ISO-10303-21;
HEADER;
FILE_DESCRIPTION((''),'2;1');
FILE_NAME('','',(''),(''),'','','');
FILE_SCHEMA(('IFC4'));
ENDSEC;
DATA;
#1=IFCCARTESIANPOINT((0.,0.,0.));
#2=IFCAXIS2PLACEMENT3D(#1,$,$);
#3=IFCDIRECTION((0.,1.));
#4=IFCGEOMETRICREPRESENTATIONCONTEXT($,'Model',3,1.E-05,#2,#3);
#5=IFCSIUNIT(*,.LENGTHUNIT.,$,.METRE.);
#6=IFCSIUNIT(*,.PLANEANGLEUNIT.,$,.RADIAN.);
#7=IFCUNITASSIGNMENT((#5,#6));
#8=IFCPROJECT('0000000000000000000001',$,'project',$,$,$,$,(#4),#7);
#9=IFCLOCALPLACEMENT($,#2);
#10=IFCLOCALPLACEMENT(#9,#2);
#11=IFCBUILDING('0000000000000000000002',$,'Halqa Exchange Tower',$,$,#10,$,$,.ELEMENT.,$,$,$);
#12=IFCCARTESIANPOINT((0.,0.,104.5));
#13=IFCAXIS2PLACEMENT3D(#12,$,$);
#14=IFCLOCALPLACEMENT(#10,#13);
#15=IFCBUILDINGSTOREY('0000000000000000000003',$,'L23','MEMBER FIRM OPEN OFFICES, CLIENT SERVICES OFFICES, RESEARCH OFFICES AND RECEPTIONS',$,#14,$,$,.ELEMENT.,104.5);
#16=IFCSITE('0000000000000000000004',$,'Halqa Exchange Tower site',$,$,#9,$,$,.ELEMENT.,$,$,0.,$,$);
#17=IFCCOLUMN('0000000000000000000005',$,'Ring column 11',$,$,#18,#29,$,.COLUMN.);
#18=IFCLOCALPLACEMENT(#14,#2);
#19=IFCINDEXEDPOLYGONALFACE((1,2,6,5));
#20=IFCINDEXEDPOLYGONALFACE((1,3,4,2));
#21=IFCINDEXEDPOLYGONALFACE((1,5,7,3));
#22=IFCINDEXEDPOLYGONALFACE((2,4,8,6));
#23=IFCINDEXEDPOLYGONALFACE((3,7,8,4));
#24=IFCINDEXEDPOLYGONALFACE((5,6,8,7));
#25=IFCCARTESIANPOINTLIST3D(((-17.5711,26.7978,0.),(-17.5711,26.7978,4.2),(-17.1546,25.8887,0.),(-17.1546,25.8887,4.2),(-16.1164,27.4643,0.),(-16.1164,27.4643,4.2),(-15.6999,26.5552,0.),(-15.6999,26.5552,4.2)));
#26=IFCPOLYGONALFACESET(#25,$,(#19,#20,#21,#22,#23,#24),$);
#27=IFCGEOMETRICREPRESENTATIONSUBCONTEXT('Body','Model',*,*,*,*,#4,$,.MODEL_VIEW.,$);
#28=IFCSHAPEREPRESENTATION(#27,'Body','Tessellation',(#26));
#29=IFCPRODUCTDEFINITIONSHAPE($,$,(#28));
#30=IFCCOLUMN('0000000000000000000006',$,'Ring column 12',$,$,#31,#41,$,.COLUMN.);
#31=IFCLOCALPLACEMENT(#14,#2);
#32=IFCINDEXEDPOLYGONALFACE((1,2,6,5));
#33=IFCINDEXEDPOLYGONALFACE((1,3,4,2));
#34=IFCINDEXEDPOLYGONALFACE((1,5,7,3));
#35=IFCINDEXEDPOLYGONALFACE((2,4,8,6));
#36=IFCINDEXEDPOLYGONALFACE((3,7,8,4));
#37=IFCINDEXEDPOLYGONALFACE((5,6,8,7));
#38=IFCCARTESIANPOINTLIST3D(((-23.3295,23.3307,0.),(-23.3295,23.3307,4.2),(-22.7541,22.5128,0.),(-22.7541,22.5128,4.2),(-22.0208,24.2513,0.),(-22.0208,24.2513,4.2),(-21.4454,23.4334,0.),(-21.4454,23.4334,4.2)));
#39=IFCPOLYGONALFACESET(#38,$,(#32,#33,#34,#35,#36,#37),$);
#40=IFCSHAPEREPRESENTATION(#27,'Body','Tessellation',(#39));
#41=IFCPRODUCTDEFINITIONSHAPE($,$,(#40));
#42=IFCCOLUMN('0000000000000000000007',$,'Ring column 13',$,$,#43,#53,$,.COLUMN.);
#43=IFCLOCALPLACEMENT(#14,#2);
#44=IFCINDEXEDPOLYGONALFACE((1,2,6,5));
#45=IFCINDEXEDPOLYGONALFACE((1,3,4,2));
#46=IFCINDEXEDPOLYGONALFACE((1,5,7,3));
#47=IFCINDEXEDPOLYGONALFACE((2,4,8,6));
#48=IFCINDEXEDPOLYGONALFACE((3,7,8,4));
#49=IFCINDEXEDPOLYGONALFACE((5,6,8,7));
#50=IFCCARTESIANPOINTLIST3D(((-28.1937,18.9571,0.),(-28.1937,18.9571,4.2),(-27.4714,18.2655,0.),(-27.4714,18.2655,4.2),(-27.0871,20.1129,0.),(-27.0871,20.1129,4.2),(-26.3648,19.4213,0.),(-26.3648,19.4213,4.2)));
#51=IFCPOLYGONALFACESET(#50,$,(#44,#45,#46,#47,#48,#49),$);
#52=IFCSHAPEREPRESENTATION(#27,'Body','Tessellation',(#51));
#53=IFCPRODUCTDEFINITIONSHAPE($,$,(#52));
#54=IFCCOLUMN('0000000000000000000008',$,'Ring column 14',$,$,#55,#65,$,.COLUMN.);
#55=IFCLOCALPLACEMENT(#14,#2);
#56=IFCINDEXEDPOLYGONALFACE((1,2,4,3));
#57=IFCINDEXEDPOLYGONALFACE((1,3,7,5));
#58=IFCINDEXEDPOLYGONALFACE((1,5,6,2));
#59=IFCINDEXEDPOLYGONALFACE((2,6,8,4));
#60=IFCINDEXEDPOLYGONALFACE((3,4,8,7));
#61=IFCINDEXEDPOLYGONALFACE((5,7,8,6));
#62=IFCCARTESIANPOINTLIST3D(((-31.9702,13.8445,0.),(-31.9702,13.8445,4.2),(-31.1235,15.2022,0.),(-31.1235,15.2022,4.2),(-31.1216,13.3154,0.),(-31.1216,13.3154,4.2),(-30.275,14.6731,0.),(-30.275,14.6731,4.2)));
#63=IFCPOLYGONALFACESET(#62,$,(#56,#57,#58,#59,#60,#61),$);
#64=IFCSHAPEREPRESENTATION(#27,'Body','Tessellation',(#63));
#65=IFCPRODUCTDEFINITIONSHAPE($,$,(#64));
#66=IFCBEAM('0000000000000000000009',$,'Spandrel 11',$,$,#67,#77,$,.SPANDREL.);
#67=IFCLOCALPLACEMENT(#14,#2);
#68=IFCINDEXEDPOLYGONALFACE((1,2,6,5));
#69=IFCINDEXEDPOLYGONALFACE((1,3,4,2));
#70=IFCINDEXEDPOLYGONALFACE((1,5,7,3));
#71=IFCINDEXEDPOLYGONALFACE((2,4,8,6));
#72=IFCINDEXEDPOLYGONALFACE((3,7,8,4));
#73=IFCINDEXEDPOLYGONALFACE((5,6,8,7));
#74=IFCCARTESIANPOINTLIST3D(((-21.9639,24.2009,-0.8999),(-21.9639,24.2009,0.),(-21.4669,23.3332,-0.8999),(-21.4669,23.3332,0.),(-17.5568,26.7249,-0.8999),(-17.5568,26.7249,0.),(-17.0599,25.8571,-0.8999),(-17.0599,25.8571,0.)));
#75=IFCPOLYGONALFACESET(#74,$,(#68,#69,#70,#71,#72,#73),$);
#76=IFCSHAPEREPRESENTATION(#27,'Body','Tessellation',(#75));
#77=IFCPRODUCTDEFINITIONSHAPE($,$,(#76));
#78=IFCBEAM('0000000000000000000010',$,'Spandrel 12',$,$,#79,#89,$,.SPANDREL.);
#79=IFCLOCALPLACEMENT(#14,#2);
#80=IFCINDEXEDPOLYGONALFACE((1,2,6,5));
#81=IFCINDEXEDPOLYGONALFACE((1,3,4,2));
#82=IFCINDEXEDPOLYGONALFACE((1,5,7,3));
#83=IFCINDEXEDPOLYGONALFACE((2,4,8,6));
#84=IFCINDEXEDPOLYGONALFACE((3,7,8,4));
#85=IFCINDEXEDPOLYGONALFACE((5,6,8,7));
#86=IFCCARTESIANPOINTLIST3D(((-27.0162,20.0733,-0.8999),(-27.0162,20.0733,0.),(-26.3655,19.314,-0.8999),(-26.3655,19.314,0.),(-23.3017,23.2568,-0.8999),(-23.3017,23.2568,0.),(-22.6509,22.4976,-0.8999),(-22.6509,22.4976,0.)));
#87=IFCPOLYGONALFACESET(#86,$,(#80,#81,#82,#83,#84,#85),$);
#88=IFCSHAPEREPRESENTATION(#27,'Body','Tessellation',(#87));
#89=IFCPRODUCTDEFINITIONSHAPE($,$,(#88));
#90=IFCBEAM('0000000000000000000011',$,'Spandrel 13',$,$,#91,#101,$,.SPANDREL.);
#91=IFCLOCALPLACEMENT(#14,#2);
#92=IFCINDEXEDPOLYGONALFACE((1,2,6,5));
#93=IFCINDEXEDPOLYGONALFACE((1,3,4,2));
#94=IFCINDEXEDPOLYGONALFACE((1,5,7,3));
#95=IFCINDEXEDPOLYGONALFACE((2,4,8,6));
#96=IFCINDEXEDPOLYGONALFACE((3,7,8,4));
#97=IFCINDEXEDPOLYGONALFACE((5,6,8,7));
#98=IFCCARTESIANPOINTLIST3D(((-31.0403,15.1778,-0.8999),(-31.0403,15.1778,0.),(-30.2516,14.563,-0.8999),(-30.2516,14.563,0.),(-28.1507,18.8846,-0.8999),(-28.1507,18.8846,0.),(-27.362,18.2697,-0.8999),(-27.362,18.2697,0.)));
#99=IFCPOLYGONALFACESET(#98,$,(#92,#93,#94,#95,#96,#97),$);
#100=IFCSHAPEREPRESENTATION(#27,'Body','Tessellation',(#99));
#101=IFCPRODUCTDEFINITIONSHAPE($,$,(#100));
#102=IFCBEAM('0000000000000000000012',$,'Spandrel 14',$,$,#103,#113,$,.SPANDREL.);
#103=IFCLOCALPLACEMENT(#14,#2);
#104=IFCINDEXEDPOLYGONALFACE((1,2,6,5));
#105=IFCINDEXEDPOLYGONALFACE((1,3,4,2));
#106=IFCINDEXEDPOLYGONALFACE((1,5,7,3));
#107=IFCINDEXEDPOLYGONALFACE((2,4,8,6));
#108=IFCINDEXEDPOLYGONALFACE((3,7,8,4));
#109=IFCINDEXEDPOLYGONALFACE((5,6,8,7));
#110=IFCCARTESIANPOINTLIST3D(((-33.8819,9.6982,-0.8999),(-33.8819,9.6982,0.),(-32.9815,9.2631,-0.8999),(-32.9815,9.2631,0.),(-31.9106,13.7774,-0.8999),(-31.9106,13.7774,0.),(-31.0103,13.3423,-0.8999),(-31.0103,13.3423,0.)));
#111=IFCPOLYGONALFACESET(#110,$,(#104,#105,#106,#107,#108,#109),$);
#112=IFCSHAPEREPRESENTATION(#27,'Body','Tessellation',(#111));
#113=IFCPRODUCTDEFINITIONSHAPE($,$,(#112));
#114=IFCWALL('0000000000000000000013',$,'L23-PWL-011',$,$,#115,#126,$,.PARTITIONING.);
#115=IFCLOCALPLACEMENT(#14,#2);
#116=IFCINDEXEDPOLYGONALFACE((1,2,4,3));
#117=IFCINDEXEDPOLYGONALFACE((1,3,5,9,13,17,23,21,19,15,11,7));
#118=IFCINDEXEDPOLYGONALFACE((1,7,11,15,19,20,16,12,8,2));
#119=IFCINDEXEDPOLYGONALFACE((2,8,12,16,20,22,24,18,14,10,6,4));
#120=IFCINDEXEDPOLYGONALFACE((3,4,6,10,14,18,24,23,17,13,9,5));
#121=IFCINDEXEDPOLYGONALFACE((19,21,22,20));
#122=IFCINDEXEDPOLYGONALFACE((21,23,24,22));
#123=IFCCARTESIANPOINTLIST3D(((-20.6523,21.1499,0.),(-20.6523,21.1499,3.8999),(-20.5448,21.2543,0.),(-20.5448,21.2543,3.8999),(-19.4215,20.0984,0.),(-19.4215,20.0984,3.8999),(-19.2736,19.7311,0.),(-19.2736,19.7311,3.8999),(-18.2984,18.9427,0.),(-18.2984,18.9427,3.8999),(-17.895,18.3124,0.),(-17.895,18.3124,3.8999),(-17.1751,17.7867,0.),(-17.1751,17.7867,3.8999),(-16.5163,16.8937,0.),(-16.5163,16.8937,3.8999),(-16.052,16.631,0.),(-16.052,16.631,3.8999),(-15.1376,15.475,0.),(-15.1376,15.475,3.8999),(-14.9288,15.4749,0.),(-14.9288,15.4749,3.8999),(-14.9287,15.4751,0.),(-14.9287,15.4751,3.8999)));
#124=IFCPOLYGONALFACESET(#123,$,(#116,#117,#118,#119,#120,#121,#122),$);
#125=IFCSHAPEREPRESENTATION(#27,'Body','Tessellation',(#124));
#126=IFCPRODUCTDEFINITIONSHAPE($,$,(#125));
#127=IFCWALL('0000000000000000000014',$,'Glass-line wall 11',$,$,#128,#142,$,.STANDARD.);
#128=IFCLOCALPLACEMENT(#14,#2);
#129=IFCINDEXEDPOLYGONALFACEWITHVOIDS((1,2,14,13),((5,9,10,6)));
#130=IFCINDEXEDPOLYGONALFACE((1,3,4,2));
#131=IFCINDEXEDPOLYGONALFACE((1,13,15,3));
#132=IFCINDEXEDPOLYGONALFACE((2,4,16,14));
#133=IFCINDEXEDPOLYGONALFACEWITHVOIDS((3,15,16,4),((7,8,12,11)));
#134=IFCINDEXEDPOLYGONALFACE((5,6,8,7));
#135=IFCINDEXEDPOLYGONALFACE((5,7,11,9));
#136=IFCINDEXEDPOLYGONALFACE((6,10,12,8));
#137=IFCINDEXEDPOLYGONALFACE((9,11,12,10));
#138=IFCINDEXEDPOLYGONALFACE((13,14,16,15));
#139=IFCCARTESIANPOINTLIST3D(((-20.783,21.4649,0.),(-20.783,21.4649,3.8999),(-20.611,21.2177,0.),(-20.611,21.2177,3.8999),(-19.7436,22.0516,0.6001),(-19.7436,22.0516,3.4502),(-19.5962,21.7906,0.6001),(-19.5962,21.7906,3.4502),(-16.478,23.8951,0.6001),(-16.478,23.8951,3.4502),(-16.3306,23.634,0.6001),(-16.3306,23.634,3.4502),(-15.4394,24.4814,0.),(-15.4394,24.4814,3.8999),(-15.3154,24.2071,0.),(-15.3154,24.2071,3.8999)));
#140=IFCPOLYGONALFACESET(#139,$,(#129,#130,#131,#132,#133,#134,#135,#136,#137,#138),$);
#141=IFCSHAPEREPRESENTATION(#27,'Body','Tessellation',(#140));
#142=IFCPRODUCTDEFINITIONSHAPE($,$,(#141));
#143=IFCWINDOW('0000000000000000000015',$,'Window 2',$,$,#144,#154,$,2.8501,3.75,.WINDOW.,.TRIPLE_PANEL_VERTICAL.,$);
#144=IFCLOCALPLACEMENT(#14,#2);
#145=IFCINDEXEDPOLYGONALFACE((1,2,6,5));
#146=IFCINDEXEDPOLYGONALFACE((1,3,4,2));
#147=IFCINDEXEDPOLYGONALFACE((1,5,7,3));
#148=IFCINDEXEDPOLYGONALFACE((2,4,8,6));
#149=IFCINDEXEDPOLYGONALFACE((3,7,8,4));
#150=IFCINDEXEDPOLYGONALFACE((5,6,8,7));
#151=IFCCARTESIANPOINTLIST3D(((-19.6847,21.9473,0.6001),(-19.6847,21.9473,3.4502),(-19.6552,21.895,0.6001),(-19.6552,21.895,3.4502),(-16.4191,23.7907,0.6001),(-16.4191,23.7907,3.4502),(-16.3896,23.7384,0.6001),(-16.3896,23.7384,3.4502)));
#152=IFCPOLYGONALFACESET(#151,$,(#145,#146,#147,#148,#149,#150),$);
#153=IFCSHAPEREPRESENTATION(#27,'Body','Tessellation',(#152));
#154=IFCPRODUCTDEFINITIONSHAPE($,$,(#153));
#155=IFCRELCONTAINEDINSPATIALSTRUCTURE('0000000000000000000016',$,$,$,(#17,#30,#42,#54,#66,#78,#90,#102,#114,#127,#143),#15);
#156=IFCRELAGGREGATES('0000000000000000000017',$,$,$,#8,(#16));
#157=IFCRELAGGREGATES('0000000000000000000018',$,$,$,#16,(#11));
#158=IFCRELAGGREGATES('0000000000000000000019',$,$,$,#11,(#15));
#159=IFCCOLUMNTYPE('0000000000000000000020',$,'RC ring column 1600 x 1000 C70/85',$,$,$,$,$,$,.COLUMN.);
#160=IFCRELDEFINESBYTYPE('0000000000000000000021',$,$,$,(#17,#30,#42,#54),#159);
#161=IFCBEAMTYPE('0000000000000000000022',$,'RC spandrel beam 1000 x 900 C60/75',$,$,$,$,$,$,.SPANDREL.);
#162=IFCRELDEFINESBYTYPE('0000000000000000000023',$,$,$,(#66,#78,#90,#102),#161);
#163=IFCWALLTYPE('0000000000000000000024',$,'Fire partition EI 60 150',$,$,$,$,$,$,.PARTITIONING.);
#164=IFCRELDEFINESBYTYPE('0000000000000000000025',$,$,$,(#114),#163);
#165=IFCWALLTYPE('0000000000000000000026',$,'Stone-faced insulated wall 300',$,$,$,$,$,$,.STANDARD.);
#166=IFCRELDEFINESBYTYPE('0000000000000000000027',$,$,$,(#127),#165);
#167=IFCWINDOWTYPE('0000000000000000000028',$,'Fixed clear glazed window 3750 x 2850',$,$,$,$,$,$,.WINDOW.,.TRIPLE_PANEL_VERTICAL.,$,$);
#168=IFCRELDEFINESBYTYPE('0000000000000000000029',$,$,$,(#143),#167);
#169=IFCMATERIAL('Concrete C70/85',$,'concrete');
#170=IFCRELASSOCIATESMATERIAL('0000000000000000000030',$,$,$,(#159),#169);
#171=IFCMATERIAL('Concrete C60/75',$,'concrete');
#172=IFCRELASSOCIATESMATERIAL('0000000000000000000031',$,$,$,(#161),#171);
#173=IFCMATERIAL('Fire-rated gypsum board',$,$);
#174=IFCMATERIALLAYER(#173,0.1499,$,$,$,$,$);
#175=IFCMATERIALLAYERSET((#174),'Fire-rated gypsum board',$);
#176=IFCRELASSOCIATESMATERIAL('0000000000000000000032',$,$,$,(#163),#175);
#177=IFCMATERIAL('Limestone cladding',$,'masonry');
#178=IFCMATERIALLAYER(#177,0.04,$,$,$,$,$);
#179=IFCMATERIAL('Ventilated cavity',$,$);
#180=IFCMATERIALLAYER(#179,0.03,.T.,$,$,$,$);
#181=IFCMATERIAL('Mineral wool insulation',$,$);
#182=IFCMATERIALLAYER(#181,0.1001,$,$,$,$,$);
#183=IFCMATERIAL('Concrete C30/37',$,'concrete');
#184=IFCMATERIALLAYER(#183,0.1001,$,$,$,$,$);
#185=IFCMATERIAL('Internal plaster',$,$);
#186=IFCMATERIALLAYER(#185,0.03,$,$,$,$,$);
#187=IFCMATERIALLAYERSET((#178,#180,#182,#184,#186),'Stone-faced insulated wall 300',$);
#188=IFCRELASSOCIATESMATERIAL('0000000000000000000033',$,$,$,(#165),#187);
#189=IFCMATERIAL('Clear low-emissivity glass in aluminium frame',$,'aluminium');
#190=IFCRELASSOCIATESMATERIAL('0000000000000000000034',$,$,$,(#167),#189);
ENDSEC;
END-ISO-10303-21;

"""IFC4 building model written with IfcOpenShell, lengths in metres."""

from ifc_helpers import new_model, si_unit, direction, frame, frame_2d, origin, origin_2d, place, context, subcontext, project, spatial, polyline, rectangle, outline, extrude, material, layer, layer_set, material_profile, profile_set, type_object, element, fill, save


model = new_model("IFC4")

# Units and contexts
model_context = context("Model", 3, precision=1e-05, world=origin(), true_north=direction((0.0, 1.0)))
body_context = subcontext(model_context, "Body", "Model", "MODEL_VIEW")
ifc_project = project(units=[si_unit("LENGTHUNIT", "METRE"), si_unit("PLANEANGLEUNIT", "RADIAN")], contexts=[model_context])

# Site, building, storey
site_placement = place(None, origin())
site = spatial("IfcSite", under=ifc_project, at=site_placement, Name="Halqa Exchange Tower site", CompositionType="ELEMENT", RefElevation=0.0)
building_placement = place(site_placement, origin())
building = spatial("IfcBuilding", under=site, at=building_placement, Name="Halqa Exchange Tower", CompositionType="ELEMENT")
storey_placement = place(building_placement, frame((0.0, 0.0, 104.5)))
storey = spatial("IfcBuildingStorey", under=building, at=storey_placement, Name="L23", Description="MEMBER FIRM OPEN OFFICES, CLIENT SERVICES OFFICES, RESEARCH OFFICES AND RECEPTIONS", CompositionType="ELEMENT", Elevation=104.5)

# Columns
ifc_material_1 = material(Name="Concrete C70/85", Category="concrete")
ifc_material_profile_1 = material_profile(ifc_material_1, rectangle(XDim=1.6001, YDim=1.0, at=origin_2d()), Name="1600 x 1000")
ifc_profile_set_1 = profile_set([ifc_material_profile_1], Name="Concrete C70/85")
column_type = type_object("IfcColumnType", Name="RC ring column 1600 x 1000 C70/85", PredefinedType="COLUMN", material=ifc_profile_set_1)
for number, where, z_axis, x_axis, name in (
    (1, (-16.6355, 26.6765, 0.0), (0.0, 0.0, 1.0), (-0.909128, -0.416517, 0.0), "Ring column 11"),
    (2, (-22.3875, 23.3821, 0.0), (0.0, 0.0, 1.0), (-0.817911, -0.575345, 0.0), "Ring column 12"),
    (3, (-27.2793, 19.1892, 0.0), (0.0, 0.0, 1.0), (-0.691581, -0.722299, 0.0), "Ring column 13"),
    (4, (-31.1226, 14.2588, 0.0), (0.0, 0.0, 1.0), (-0.529139, -0.848535, 0.0), "Ring column 14"),
):
    element("IfcColumn", number, at=place(storey_placement, frame(where, z_axis=z_axis, x_axis=x_axis)), inside=storey, type_object=column_type, Name=name, PredefinedType="COLUMN", context=body_context, shape_type="SweptSolid", body=[
        extrude(rectangle(XDim=1.6001, YDim=1.0, at=origin_2d()), origin(), (0.0, 0.0, 1.0), 4.2),
    ])

# Beams
ifc_material_2 = material(Name="Concrete C60/75", Category="concrete")
ifc_material_profile_2 = material_profile(ifc_material_2, rectangle(XDim=1.0, YDim=0.8999, at=origin_2d()), Name="1000 x 900")
ifc_profile_set_2 = profile_set([ifc_material_profile_2], Name="Concrete C60/75")
beam_type = type_object("IfcBeamType", Name="RC spandrel beam 1000 x 900 C60/75", PredefinedType="SPANDREL", material=ifc_profile_set_2)
beam_1_placement = place(storey_placement, frame((-17.3083, 26.291, -0.45), z_axis=(-0.867763, -0.496977, 0.0), x_axis=(0.496977, -0.867763, 0.0)))
element("IfcBeam", 5, at=beam_1_placement, inside=storey, type_object=beam_type, Name="Spandrel 11", PredefinedType="SPANDREL", context=body_context, shape_type="SweptSolid", body=[
    extrude(rectangle(XDim=1.0, YDim=0.8999, at=origin_2d()), origin(), (0.0, 0.0, 1.0), 5.0786),
])
beam_2_placement = place(storey_placement, frame((-22.9763, 22.8772, -0.45), z_axis=(-0.759292, -0.65075, 0.0), x_axis=(0.65075, -0.759292, 0.0)))
element("IfcBeam", 6, at=beam_2_placement, inside=storey, type_object=beam_type, Name="Spandrel 12", PredefinedType="SPANDREL", context=body_context, shape_type="SweptSolid", body=[
    extrude(rectangle(XDim=1.0, YDim=0.8999, at=origin_2d()), origin(), (0.0, 0.0, 1.0), 4.8921),
])
beam_3_placement = place(storey_placement, frame((-27.7563, 18.5771, -0.45), z_axis=(-0.614814, -0.788672, 0.0), x_axis=(0.788672, -0.614814, 0.0)))
element("IfcBeam", 7, at=beam_3_placement, inside=storey, type_object=beam_type, Name="Spandrel 13", PredefinedType="SPANDREL", context=body_context, shape_type="SweptSolid", body=[
    extrude(rectangle(XDim=1.0, YDim=0.8999, at=origin_2d()), origin(), (0.0, 0.0, 1.0), 4.7),
])
beam_4_placement = place(storey_placement, frame((-31.4604, 13.5598, -0.45), z_axis=(-0.435102, -0.900381, 0.0), x_axis=(0.900381, -0.435102, 0.0)))
element("IfcBeam", 8, at=beam_4_placement, inside=storey, type_object=beam_type, Name="Spandrel 14", PredefinedType="SPANDREL", context=body_context, shape_type="SweptSolid", body=[
    extrude(rectangle(XDim=1.0, YDim=0.8999, at=origin_2d()), origin(), (0.0, 0.0, 1.0), 4.5305),
])

# Shared definitions
ifc_material_3 = material(Name="Fire-rated gypsum board")
ifc_layer_1 = layer(ifc_material_3, 0.1499)
ifc_layer_set_1 = layer_set([ifc_layer_1], Name="Fire-rated gypsum board")
wall_type_1 = type_object("IfcWallType", Name="Fire partition EI 60 150", PredefinedType="PARTITIONING", material=ifc_layer_set_1)

# Wall
wall_1_placement = place(storey_placement, frame((-14.9824, 15.4229, 0.0), z_axis=(0.0, 0.0, 1.0), x_axis=(-0.696916, 0.717153, 0.0)))
element("IfcWall", 9, at=wall_1_placement, inside=storey, type_object=wall_type_1, Name="L23-PWL-011", PredefinedType="PARTITIONING", context=body_context, shape_type="SweptSolid", body=[
    extrude(outline(polyline([(8.0586, 0.075), (6.0803, 0.075), (4.1021, 0.075), (2.1238, 0.075), (0.1455, 0.075), (0.0, -0.0747), (0.0, -0.075), (1.6118, -0.075), (3.2234, -0.075), (4.8352, -0.075), (6.4468, -0.075), (8.0586, -0.075), (8.0586, 0.075)])), origin(), (0.0, 0.0, 1.0), 3.8999),
])

# Wall, opening, window
ifc_material_4 = material(Name="Limestone cladding", Category="masonry")
ifc_layer_2 = layer(ifc_material_4, 0.04)
ifc_material_5 = material(Name="Ventilated cavity")
ifc_layer_3 = layer(ifc_material_5, 0.03, ventilated=True)
ifc_material_6 = material(Name="Mineral wool insulation")
ifc_layer_4 = layer(ifc_material_6, 0.1001)
ifc_material_7 = material(Name="Concrete C30/37", Category="concrete")
ifc_layer_5 = layer(ifc_material_7, 0.1001)
ifc_material_8 = material(Name="Internal plaster")
ifc_layer_6 = layer(ifc_material_8, 0.03)
ifc_layer_set_2 = layer_set([ifc_layer_2, ifc_layer_3, ifc_layer_4, ifc_layer_5, ifc_layer_6], Name="Stone-faced insulated wall 300")
wall_type_2 = type_object("IfcWallType", Name="Stone-faced insulated wall 300", PredefinedType="STANDARD", material=ifc_layer_set_2)
wall_2_placement = place(storey_placement, frame((-15.3774, 24.3442, 0.0), z_axis=(0.0, 0.0, 1.0), x_axis=(-0.870828, -0.491587, 0.0)))
wall_2 = element("IfcWall", 10, at=wall_2_placement, inside=storey, type_object=wall_type_2, Name="Glass-line wall 11", PredefinedType="STANDARD", context=body_context, shape_type="SweptSolid", body=[
    extrude(outline(polyline([(-0.0134, -0.1499), (6.1228, -0.1499), (6.0945, 0.1499), (0.0134, 0.1499), (-0.0134, -0.1499)])), origin(), (0.0, 0.0, 1.0), 3.8999),
])
opening_1_placement = place(wall_2_placement, frame((1.1792, 0.0, 0.6001)))
opening_1 = element("IfcOpeningElement", 11, at=opening_1_placement, cuts=wall_2, PredefinedType="OPENING", context=body_context, shape_type="SweptSolid", body=[
    extrude(rectangle(XDim=3.75, YDim=2.8501, at=frame_2d((1.875, 1.425))), frame((0.0, 0.1621, 0.0), z_axis=(0.0, -1.0, 0.0), x_axis=(1.0, 0.0, 0.0)), (0.0, 0.0, 1.0), 0.324),
])
ifc_material_9 = material(Name="Clear low-emissivity glass in aluminium frame", Category="aluminium")
window_type = type_object("IfcWindowType", Name="Fixed clear glazed window 3750 x 2850", PartitioningType="TRIPLE_PANEL_VERTICAL", PredefinedType="WINDOW", material=ifc_material_9)
window_1_placement = place(opening_1_placement, origin())
window_1 = element("IfcWindow", 12, at=window_1_placement, inside=storey, type_object=window_type, Name="Window 2", OverallHeight=2.8501, OverallWidth=3.75, PartitioningType="TRIPLE_PANEL_VERTICAL", PredefinedType="WINDOW", context=body_context, shape_type="SweptSolid", body=[
    extrude(rectangle(XDim=3.75, YDim=2.8501, at=frame_2d((1.875, 1.425))), frame((0.0, 0.03, 0.0), z_axis=(0.0, -1.0, 0.0), x_axis=(1.0, 0.0, 0.0)), (0.0, 0.0, 1.0), 0.0601),
])
fill(opening_1, window_1)

save(model, "model.ifc")
